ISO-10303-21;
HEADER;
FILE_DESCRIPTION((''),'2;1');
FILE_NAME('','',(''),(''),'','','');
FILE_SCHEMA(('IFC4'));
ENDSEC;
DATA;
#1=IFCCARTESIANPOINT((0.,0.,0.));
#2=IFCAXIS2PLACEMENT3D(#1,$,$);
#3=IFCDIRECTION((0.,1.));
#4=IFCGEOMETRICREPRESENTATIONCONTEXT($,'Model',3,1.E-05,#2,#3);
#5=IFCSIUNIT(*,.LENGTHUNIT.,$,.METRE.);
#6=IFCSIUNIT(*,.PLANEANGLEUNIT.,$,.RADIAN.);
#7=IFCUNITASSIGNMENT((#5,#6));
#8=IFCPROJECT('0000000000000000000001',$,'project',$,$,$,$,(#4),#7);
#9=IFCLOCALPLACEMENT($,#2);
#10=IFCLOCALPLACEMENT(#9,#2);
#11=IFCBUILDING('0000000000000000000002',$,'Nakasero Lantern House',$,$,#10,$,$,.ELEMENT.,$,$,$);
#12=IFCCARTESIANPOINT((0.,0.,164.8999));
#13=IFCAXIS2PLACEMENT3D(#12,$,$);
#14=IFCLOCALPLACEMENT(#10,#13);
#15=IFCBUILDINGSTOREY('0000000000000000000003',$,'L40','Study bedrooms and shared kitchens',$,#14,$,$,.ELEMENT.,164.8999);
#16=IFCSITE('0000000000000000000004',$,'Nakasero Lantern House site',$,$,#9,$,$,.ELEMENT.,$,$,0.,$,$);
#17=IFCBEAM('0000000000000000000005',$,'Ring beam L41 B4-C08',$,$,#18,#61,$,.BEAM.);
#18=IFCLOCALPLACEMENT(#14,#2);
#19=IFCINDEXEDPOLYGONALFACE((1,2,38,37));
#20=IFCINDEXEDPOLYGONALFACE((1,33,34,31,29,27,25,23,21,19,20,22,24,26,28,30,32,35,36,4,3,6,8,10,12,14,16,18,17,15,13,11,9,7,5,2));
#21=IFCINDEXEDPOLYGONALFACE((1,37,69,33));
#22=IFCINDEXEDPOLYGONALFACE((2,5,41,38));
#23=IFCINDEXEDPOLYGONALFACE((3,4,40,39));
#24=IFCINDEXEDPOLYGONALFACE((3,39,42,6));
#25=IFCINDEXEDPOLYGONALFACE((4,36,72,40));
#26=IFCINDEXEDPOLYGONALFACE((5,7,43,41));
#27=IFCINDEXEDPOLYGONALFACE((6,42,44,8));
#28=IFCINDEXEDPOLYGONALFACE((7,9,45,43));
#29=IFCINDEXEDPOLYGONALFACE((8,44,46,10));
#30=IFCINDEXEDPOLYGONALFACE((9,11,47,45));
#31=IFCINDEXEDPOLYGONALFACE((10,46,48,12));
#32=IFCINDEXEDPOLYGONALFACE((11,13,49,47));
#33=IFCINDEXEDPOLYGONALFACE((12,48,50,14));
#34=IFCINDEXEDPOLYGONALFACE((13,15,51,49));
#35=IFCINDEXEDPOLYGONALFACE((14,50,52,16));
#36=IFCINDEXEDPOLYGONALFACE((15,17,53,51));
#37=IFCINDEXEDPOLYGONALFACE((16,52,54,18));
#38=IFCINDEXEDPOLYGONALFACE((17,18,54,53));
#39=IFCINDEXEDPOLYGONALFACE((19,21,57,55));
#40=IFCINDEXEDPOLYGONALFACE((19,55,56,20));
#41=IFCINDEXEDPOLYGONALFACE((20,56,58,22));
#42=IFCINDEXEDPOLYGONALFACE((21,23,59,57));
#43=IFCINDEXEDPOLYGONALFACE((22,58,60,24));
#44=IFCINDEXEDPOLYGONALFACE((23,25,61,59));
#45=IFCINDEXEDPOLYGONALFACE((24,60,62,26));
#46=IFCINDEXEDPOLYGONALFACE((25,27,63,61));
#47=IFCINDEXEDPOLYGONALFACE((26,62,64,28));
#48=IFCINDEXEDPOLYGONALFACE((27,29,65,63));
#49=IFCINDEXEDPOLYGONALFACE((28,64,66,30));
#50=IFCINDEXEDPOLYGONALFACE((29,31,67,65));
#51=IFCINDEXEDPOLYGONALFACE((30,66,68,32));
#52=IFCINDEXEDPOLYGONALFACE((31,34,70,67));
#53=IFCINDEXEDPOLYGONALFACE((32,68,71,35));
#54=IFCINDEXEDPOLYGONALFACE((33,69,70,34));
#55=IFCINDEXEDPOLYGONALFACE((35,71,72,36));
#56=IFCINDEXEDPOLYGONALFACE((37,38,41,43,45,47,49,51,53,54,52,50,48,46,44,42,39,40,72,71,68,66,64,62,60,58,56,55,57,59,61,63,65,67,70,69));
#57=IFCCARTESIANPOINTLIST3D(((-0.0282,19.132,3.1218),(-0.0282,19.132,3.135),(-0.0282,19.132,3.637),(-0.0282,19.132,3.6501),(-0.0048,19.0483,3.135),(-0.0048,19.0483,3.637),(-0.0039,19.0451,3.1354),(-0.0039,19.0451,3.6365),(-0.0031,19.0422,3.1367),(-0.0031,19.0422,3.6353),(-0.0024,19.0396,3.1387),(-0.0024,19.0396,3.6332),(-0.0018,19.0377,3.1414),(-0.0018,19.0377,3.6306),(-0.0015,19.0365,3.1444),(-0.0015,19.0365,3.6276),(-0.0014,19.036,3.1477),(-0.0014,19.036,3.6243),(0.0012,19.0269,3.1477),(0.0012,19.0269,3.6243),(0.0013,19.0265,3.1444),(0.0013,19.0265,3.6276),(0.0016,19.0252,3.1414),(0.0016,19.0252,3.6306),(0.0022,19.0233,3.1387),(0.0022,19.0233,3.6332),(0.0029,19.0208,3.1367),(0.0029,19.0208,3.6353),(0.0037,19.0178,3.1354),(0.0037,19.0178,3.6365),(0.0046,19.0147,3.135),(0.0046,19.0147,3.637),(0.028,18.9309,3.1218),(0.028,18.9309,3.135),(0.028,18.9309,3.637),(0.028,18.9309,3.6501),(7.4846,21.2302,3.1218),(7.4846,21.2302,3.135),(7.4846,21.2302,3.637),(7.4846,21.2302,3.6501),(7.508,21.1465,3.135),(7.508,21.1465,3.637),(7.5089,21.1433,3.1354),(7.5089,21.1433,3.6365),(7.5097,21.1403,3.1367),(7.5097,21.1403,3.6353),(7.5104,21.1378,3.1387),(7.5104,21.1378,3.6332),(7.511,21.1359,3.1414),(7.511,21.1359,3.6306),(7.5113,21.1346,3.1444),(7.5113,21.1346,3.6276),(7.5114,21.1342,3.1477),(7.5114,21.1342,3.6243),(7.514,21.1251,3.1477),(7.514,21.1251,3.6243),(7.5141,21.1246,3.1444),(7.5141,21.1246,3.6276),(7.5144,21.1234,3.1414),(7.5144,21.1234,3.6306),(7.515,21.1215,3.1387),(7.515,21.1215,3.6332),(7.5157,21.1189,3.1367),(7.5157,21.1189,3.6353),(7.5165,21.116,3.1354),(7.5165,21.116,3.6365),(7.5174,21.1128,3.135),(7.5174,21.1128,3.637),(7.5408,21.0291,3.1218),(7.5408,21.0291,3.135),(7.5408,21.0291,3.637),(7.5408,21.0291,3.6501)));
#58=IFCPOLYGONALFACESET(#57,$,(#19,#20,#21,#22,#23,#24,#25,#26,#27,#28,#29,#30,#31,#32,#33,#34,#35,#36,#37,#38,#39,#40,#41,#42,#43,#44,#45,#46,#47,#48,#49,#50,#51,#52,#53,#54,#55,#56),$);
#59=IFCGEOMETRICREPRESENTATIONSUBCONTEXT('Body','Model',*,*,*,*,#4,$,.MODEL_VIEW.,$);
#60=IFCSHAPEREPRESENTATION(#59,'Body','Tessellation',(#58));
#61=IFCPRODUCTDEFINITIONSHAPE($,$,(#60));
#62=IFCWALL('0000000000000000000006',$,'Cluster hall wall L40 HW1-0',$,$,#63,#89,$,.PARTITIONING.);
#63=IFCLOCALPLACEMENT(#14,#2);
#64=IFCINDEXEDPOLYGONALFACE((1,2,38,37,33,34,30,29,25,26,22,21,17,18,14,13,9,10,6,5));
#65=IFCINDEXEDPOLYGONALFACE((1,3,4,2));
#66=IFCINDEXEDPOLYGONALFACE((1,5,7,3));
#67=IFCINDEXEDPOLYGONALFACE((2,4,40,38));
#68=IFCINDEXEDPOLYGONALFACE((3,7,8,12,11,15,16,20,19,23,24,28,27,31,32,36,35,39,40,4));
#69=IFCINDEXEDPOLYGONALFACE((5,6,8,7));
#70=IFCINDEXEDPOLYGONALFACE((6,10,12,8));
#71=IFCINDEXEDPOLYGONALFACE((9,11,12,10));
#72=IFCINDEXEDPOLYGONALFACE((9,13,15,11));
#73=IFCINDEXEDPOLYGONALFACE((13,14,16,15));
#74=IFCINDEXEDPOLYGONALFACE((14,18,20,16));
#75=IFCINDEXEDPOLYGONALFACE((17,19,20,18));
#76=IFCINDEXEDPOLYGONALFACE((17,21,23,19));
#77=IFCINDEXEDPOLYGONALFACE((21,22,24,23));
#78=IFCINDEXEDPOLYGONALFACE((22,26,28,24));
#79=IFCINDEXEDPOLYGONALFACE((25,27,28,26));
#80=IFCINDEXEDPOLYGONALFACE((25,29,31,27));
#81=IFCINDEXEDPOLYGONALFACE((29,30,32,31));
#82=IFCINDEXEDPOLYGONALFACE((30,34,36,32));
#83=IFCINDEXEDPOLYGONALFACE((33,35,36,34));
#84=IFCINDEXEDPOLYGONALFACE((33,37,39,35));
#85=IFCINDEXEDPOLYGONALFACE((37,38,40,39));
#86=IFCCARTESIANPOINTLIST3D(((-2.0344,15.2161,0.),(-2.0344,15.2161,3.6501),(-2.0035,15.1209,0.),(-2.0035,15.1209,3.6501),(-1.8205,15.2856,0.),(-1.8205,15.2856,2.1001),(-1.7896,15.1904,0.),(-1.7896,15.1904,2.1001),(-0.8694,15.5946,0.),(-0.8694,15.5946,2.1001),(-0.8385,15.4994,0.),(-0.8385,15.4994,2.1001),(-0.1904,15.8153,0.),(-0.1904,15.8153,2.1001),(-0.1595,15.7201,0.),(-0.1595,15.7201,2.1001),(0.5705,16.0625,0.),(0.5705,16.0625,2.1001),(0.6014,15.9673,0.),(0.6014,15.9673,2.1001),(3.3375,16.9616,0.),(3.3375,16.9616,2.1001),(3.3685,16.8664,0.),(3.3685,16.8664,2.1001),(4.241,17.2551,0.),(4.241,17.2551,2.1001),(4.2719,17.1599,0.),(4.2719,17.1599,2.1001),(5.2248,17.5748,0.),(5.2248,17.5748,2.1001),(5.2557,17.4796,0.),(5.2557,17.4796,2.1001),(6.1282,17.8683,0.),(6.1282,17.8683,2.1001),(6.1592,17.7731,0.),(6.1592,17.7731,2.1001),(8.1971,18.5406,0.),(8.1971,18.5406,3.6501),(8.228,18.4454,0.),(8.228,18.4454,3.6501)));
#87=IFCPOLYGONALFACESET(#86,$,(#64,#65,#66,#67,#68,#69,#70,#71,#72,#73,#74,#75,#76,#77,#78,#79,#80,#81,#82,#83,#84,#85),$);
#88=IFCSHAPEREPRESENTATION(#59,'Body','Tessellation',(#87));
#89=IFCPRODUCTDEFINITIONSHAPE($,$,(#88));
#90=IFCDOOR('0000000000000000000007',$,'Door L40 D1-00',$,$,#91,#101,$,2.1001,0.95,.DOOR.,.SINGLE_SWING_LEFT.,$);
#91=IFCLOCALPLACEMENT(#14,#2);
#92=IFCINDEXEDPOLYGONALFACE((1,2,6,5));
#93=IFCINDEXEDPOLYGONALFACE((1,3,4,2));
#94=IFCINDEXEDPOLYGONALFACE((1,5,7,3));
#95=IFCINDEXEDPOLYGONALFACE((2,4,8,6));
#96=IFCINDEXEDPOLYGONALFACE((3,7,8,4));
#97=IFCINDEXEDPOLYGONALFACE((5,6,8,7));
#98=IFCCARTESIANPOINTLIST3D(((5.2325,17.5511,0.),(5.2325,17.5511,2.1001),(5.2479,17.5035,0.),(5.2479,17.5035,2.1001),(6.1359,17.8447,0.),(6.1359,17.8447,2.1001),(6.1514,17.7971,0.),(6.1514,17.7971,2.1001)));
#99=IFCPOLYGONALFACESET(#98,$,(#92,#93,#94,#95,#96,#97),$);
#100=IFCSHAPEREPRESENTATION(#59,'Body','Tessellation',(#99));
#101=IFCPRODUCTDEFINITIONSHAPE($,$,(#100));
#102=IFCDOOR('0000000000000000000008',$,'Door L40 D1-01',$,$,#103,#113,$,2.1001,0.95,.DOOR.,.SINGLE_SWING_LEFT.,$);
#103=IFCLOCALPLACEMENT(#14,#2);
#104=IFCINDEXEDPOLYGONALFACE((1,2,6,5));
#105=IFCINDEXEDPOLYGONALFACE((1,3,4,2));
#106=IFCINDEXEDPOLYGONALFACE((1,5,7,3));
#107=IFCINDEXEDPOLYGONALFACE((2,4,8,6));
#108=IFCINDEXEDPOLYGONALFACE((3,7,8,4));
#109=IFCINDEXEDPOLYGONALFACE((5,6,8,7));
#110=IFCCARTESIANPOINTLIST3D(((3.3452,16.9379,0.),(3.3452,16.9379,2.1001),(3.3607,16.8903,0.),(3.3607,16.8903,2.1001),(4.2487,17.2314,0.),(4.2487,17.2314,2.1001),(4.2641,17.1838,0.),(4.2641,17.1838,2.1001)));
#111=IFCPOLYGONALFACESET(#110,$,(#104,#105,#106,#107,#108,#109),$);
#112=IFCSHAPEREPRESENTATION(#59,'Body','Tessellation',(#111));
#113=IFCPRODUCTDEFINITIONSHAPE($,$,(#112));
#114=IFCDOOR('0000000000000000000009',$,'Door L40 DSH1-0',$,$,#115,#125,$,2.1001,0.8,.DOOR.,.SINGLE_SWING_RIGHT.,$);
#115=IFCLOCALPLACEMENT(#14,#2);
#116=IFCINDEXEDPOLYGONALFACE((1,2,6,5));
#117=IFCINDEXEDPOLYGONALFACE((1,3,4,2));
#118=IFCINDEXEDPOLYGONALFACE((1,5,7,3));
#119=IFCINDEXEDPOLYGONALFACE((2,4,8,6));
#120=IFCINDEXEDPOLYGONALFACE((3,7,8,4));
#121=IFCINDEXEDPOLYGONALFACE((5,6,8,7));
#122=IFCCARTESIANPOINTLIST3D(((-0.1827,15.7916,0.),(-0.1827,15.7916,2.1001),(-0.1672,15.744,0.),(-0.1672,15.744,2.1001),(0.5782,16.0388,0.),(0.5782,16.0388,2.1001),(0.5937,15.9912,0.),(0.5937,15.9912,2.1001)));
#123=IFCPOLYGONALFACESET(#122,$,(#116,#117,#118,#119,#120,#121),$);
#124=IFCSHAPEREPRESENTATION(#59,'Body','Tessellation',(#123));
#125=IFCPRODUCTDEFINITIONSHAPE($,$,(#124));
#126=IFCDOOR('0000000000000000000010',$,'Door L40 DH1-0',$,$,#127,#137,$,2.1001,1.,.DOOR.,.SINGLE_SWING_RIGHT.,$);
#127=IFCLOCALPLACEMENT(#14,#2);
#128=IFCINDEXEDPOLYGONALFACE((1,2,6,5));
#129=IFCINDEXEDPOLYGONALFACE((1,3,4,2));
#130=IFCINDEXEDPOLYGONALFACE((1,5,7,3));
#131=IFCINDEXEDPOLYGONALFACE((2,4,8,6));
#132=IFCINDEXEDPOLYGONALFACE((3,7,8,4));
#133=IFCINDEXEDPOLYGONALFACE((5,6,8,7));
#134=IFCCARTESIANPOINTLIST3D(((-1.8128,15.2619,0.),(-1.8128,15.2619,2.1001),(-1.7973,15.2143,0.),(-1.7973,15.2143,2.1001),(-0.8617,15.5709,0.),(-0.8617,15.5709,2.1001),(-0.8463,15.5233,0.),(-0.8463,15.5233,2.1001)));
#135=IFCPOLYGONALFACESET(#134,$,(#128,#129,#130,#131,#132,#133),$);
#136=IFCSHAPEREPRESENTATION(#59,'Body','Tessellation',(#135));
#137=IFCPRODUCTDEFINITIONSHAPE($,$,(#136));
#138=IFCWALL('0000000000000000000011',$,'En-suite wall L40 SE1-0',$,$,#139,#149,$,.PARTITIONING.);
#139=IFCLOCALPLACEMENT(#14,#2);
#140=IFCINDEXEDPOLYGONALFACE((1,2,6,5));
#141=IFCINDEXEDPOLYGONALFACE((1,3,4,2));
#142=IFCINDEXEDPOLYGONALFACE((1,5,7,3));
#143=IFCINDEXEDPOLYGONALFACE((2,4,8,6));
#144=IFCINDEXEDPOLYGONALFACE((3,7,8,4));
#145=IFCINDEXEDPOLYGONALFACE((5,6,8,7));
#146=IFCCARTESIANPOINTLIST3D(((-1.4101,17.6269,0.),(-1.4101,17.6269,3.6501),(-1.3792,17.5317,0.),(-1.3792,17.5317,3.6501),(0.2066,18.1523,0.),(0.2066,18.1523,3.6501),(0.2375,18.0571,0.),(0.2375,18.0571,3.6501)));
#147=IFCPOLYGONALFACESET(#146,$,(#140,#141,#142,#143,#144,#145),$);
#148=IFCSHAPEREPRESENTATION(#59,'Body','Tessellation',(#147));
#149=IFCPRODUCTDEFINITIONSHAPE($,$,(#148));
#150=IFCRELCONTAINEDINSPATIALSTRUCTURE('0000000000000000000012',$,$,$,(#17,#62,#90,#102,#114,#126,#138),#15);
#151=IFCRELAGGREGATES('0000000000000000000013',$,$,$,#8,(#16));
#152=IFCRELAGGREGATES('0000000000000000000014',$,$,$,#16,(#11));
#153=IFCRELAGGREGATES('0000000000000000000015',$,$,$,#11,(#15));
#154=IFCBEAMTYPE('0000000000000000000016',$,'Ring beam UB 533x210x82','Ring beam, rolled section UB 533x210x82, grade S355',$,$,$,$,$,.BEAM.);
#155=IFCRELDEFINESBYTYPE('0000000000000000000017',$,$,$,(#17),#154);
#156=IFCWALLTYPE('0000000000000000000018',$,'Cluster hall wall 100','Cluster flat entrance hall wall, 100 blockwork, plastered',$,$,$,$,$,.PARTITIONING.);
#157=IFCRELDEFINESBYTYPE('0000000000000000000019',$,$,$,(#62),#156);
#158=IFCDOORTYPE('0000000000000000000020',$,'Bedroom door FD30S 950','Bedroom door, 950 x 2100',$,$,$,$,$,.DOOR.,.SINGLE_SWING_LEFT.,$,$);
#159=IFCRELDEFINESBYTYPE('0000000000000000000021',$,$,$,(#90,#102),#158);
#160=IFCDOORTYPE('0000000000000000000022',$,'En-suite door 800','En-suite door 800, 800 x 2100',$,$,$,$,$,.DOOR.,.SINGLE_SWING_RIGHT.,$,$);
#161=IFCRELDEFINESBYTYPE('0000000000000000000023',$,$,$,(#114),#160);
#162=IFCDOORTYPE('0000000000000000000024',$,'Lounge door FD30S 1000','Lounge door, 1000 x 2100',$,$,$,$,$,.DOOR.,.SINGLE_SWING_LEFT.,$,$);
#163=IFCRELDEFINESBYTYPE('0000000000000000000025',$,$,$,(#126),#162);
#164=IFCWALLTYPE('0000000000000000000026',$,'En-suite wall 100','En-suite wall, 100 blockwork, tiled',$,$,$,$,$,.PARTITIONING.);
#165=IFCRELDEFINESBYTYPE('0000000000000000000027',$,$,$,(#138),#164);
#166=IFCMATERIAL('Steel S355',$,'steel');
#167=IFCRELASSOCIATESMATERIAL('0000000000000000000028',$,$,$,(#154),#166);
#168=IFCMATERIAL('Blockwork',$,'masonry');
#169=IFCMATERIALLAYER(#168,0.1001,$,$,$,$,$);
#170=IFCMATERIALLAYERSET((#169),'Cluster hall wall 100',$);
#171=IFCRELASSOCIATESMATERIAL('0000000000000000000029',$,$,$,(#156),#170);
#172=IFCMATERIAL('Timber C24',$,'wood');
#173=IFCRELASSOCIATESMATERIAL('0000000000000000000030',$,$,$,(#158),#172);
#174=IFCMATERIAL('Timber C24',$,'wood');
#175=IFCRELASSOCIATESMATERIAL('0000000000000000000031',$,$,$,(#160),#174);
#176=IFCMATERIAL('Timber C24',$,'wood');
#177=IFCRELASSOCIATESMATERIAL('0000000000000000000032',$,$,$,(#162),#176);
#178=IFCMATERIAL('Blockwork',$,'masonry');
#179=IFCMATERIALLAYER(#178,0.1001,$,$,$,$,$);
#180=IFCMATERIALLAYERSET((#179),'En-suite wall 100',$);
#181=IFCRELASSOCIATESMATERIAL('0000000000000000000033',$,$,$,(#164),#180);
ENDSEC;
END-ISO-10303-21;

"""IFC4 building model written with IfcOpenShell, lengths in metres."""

from ifc_helpers import new_model, si_unit, direction, frame, frame_2d, origin, origin_2d, place, context, subcontext, project, spatial, rectangle, i_section, extrude, material, layer, layer_set, material_profile, profile_set, type_object, element, fill, save


model = new_model("IFC4")

# Units and contexts
model_context = context("Model", 3, precision=1e-05, world=origin(), true_north=direction((0.0, 1.0)))
body_context = subcontext(model_context, "Body", "Model", "MODEL_VIEW")
ifc_project = project(units=[si_unit("LENGTHUNIT", "METRE"), si_unit("PLANEANGLEUNIT", "RADIAN")], contexts=[model_context])

# Site, building, storey
site_placement = place(None, origin())
site = spatial("IfcSite", under=ifc_project, at=site_placement, Name="Nakasero Lantern House site", CompositionType="ELEMENT", RefElevation=0.0)
building_placement = place(site_placement, origin())
building = spatial("IfcBuilding", under=site, at=building_placement, Name="Nakasero Lantern House", CompositionType="ELEMENT")
storey_placement = place(building_placement, frame((0.0, 0.0, 164.8999)))
storey = spatial("IfcBuildingStorey", under=building, at=storey_placement, Name="L40", Description="Study bedrooms and shared kitchens", CompositionType="ELEMENT", Elevation=164.8999)

# Beam
ifc_material_1 = material(Name="Steel S355", Category="steel")
ifc_material_profile_1 = material_profile(ifc_material_1, i_section(OverallWidth=0.2087, OverallDepth=0.5283, WebThickness=0.0095, FlangeThickness=0.0132, FilletRadius=0.0127, at=origin_2d()), Name="UB 533x210x82")
ifc_profile_set_1 = profile_set([ifc_material_profile_1], Name="Steel S355")
beam_type_1 = type_object("IfcBeamType", Name="Ring beam UB 533x210x82", Description="Ring beam, rolled section UB 533x210x82, grade S355", PredefinedType="BEAM", material=ifc_profile_set_1)
beam_1_placement = place(storey_placement, frame((7.5127, 21.1296, 3.386), z_axis=(-0.963144, -0.268987, 0.0), x_axis=(0.268987, -0.963144, 0.0)))
element("IfcBeam", 1, at=beam_1_placement, inside=storey, type_object=beam_type_1, Name="Ring beam L41 B4-C08", PredefinedType="BEAM", context=body_context, shape_type="SweptSolid", body=[
    extrude(i_section(OverallWidth=0.2087, OverallDepth=0.5283, WebThickness=0.0095, FlangeThickness=0.0132, FilletRadius=0.0127, at=origin_2d()), origin(), (0.0, 0.0, 1.0), 7.8003),
])

# Wall, openings, doors
ifc_material_2 = material(Name="Blockwork", Category="masonry")
ifc_layer_1 = layer(ifc_material_2, 0.1001)
ifc_layer_set_1 = layer_set([ifc_layer_1], Name="Cluster hall wall 100")
wall_type_1 = type_object("IfcWallType", Name="Cluster hall wall 100", Description="Cluster flat entrance hall wall, 100 blockwork, plastered", PredefinedType="PARTITIONING", material=ifc_layer_set_1)
wall_1_placement = place(storey_placement, frame((8.2124, 18.4929, 0.0), z_axis=(0.0, 0.0, 1.0), x_axis=(-0.951055, -0.309022, 0.0)))
wall_1 = element("IfcWall", 2, at=wall_1_placement, inside=storey, type_object=wall_type_1, Name="Cluster hall wall L40 HW1-0", PredefinedType="PARTITIONING", context=body_context, shape_type="SweptSolid", body=[
    extrude(rectangle(XDim=10.7581, YDim=0.1001, at=frame_2d((5.3789, 0.0))), origin(), (0.0, 0.0, 1.0), 3.6501),
])
opening_1_placement = place(wall_1_placement, frame((9.533, 0.0, 0.0)))
opening_1 = element("IfcOpeningElement", 3, at=opening_1_placement, cuts=wall_1, PredefinedType="OPENING", context=body_context, shape_type="SweptSolid", body=[
    extrude(rectangle(XDim=1.0, YDim=2.1001, at=frame_2d((0.5, 1.05))), frame((0.0, 0.0701, 0.0), z_axis=(0.0, -1.0, 0.0), x_axis=(1.0, 0.0, 0.0)), (0.0, 0.0, 1.0), 0.1401),
])
opening_2_placement = place(wall_1_placement, frame((8.019, 0.0, 0.0)))
opening_2 = element("IfcOpeningElement", 4, at=opening_2_placement, cuts=wall_1, PredefinedType="OPENING", context=body_context, shape_type="SweptSolid", body=[
    extrude(rectangle(XDim=0.8, YDim=2.1001, at=frame_2d((0.3999, 1.05))), frame((0.0, 0.0701, 0.0), z_axis=(0.0, -1.0, 0.0), x_axis=(1.0, 0.0, 0.0)), (0.0, 0.0, 1.0), 0.1401),
])
opening_3_placement = place(wall_1_placement, frame((2.175, 0.0, 0.0)))
opening_3 = element("IfcOpeningElement", 5, at=opening_3_placement, cuts=wall_1, PredefinedType="OPENING", context=body_context, shape_type="SweptSolid", body=[
    extrude(rectangle(XDim=0.95, YDim=2.1001, at=frame_2d((0.4751, 1.05))), frame((0.0, 0.0701, 0.0), z_axis=(0.0, -1.0, 0.0), x_axis=(1.0, 0.0, 0.0)), (0.0, 0.0, 1.0), 0.1401),
])
opening_4_placement = place(wall_1_placement, frame((4.1594, 0.0, 0.0)))
opening_4 = element("IfcOpeningElement", 6, at=opening_4_placement, cuts=wall_1, PredefinedType="OPENING", context=body_context, shape_type="SweptSolid", body=[
    extrude(rectangle(XDim=0.95, YDim=2.1001, at=frame_2d((0.4751, 1.05))), frame((0.0, 0.0701, 0.0), z_axis=(0.0, -1.0, 0.0), x_axis=(1.0, 0.0, 0.0)), (0.0, 0.0, 1.0), 0.1401),
])
ifc_material_3 = material(Name="Timber C24", Category="wood")
door_type_1 = type_object("IfcDoorType", Name="Bedroom door FD30S 950", Description="Bedroom door, 950 x 2100", OperationType="SINGLE_SWING_LEFT", PredefinedType="DOOR", material=ifc_material_3)
door_1_placement = place(opening_3_placement, origin())
door_1 = element("IfcDoor", 7, at=door_1_placement, inside=storey, type_object=door_type_1, Name="Door L40 D1-00", OperationType="SINGLE_SWING_LEFT", OverallHeight=2.1001, OverallWidth=0.95, PredefinedType="DOOR", context=body_context, shape_type="SweptSolid", body=[
    extrude(rectangle(XDim=0.95, YDim=2.1001, at=frame_2d((0.4751, 1.05))), frame((0.0, 0.0249, 0.0), z_axis=(0.0, -1.0, 0.0), x_axis=(1.0, 0.0, 0.0)), (0.0, 0.0, 1.0), 0.05),
])
fill(opening_3, door_1)
door_2_placement = place(opening_4_placement, origin())
door_2 = element("IfcDoor", 8, at=door_2_placement, inside=storey, type_object=door_type_1, Name="Door L40 D1-01", OperationType="SINGLE_SWING_LEFT", OverallHeight=2.1001, OverallWidth=0.95, PredefinedType="DOOR", context=body_context, shape_type="SweptSolid", body=[
    extrude(rectangle(XDim=0.95, YDim=2.1001, at=frame_2d((0.4751, 1.05))), frame((0.0, 0.0249, 0.0), z_axis=(0.0, -1.0, 0.0), x_axis=(1.0, 0.0, 0.0)), (0.0, 0.0, 1.0), 0.05),
])
fill(opening_4, door_2)
ifc_material_4 = material(Name="Timber C24", Category="wood")
door_type_2 = type_object("IfcDoorType", Name="En-suite door 800", Description="En-suite door 800, 800 x 2100", OperationType="SINGLE_SWING_RIGHT", PredefinedType="DOOR", material=ifc_material_4)
door_3_placement = place(opening_2_placement, origin())
door_3 = element("IfcDoor", 9, at=door_3_placement, inside=storey, type_object=door_type_2, Name="Door L40 DSH1-0", OperationType="SINGLE_SWING_RIGHT", OverallHeight=2.1001, OverallWidth=0.8, PredefinedType="DOOR", context=body_context, shape_type="SweptSolid", body=[
    extrude(rectangle(XDim=0.8, YDim=2.1001, at=frame_2d((0.3999, 1.05))), frame((0.0, 0.0249, 0.0), z_axis=(0.0, -1.0, 0.0), x_axis=(1.0, 0.0, 0.0)), (0.0, 0.0, 1.0), 0.05),
])
fill(opening_2, door_3)
ifc_material_5 = material(Name="Timber C24", Category="wood")
door_type_3 = type_object("IfcDoorType", Name="Lounge door FD30S 1000", Description="Lounge door, 1000 x 2100", OperationType="SINGLE_SWING_LEFT", PredefinedType="DOOR", material=ifc_material_5)
door_4_placement = place(opening_1_placement, origin())
door_4 = element("IfcDoor", 10, at=door_4_placement, inside=storey, type_object=door_type_3, Name="Door L40 DH1-0", OperationType="SINGLE_SWING_RIGHT", OverallHeight=2.1001, OverallWidth=1.0, PredefinedType="DOOR", context=body_context, shape_type="SweptSolid", body=[
    extrude(rectangle(XDim=1.0, YDim=2.1001, at=frame_2d((0.5, 1.05))), frame((0.0, 0.0249, 0.0), z_axis=(0.0, -1.0, 0.0), x_axis=(1.0, 0.0, 0.0)), (0.0, 0.0, 1.0), 0.05),
])
fill(opening_1, door_4)

# Wall
ifc_material_6 = material(Name="Blockwork", Category="masonry")
ifc_layer_2 = layer(ifc_material_6, 0.1001)
ifc_layer_set_2 = layer_set([ifc_layer_2], Name="En-suite wall 100")
wall_type_2 = type_object("IfcWallType", Name="En-suite wall 100", Description="En-suite wall, 100 blockwork, tiled", PredefinedType="PARTITIONING", material=ifc_layer_set_2)
wall_2_placement = place(storey_placement, frame((0.2222, 18.1047, 0.0), z_axis=(0.0, 0.0, 1.0), x_axis=(-0.95104, -0.309067, 0.0)))
element("IfcWall", 11, at=wall_2_placement, inside=storey, type_object=wall_type_2, Name="En-suite wall L40 SE1-0", PredefinedType="PARTITIONING", context=body_context, shape_type="SweptSolid", body=[
    extrude(rectangle(XDim=1.7, YDim=0.1001, at=frame_2d((0.8501, 0.0))), origin(), (0.0, 0.0, 1.0), 3.6501),
])

save(model, "model.ifc")
